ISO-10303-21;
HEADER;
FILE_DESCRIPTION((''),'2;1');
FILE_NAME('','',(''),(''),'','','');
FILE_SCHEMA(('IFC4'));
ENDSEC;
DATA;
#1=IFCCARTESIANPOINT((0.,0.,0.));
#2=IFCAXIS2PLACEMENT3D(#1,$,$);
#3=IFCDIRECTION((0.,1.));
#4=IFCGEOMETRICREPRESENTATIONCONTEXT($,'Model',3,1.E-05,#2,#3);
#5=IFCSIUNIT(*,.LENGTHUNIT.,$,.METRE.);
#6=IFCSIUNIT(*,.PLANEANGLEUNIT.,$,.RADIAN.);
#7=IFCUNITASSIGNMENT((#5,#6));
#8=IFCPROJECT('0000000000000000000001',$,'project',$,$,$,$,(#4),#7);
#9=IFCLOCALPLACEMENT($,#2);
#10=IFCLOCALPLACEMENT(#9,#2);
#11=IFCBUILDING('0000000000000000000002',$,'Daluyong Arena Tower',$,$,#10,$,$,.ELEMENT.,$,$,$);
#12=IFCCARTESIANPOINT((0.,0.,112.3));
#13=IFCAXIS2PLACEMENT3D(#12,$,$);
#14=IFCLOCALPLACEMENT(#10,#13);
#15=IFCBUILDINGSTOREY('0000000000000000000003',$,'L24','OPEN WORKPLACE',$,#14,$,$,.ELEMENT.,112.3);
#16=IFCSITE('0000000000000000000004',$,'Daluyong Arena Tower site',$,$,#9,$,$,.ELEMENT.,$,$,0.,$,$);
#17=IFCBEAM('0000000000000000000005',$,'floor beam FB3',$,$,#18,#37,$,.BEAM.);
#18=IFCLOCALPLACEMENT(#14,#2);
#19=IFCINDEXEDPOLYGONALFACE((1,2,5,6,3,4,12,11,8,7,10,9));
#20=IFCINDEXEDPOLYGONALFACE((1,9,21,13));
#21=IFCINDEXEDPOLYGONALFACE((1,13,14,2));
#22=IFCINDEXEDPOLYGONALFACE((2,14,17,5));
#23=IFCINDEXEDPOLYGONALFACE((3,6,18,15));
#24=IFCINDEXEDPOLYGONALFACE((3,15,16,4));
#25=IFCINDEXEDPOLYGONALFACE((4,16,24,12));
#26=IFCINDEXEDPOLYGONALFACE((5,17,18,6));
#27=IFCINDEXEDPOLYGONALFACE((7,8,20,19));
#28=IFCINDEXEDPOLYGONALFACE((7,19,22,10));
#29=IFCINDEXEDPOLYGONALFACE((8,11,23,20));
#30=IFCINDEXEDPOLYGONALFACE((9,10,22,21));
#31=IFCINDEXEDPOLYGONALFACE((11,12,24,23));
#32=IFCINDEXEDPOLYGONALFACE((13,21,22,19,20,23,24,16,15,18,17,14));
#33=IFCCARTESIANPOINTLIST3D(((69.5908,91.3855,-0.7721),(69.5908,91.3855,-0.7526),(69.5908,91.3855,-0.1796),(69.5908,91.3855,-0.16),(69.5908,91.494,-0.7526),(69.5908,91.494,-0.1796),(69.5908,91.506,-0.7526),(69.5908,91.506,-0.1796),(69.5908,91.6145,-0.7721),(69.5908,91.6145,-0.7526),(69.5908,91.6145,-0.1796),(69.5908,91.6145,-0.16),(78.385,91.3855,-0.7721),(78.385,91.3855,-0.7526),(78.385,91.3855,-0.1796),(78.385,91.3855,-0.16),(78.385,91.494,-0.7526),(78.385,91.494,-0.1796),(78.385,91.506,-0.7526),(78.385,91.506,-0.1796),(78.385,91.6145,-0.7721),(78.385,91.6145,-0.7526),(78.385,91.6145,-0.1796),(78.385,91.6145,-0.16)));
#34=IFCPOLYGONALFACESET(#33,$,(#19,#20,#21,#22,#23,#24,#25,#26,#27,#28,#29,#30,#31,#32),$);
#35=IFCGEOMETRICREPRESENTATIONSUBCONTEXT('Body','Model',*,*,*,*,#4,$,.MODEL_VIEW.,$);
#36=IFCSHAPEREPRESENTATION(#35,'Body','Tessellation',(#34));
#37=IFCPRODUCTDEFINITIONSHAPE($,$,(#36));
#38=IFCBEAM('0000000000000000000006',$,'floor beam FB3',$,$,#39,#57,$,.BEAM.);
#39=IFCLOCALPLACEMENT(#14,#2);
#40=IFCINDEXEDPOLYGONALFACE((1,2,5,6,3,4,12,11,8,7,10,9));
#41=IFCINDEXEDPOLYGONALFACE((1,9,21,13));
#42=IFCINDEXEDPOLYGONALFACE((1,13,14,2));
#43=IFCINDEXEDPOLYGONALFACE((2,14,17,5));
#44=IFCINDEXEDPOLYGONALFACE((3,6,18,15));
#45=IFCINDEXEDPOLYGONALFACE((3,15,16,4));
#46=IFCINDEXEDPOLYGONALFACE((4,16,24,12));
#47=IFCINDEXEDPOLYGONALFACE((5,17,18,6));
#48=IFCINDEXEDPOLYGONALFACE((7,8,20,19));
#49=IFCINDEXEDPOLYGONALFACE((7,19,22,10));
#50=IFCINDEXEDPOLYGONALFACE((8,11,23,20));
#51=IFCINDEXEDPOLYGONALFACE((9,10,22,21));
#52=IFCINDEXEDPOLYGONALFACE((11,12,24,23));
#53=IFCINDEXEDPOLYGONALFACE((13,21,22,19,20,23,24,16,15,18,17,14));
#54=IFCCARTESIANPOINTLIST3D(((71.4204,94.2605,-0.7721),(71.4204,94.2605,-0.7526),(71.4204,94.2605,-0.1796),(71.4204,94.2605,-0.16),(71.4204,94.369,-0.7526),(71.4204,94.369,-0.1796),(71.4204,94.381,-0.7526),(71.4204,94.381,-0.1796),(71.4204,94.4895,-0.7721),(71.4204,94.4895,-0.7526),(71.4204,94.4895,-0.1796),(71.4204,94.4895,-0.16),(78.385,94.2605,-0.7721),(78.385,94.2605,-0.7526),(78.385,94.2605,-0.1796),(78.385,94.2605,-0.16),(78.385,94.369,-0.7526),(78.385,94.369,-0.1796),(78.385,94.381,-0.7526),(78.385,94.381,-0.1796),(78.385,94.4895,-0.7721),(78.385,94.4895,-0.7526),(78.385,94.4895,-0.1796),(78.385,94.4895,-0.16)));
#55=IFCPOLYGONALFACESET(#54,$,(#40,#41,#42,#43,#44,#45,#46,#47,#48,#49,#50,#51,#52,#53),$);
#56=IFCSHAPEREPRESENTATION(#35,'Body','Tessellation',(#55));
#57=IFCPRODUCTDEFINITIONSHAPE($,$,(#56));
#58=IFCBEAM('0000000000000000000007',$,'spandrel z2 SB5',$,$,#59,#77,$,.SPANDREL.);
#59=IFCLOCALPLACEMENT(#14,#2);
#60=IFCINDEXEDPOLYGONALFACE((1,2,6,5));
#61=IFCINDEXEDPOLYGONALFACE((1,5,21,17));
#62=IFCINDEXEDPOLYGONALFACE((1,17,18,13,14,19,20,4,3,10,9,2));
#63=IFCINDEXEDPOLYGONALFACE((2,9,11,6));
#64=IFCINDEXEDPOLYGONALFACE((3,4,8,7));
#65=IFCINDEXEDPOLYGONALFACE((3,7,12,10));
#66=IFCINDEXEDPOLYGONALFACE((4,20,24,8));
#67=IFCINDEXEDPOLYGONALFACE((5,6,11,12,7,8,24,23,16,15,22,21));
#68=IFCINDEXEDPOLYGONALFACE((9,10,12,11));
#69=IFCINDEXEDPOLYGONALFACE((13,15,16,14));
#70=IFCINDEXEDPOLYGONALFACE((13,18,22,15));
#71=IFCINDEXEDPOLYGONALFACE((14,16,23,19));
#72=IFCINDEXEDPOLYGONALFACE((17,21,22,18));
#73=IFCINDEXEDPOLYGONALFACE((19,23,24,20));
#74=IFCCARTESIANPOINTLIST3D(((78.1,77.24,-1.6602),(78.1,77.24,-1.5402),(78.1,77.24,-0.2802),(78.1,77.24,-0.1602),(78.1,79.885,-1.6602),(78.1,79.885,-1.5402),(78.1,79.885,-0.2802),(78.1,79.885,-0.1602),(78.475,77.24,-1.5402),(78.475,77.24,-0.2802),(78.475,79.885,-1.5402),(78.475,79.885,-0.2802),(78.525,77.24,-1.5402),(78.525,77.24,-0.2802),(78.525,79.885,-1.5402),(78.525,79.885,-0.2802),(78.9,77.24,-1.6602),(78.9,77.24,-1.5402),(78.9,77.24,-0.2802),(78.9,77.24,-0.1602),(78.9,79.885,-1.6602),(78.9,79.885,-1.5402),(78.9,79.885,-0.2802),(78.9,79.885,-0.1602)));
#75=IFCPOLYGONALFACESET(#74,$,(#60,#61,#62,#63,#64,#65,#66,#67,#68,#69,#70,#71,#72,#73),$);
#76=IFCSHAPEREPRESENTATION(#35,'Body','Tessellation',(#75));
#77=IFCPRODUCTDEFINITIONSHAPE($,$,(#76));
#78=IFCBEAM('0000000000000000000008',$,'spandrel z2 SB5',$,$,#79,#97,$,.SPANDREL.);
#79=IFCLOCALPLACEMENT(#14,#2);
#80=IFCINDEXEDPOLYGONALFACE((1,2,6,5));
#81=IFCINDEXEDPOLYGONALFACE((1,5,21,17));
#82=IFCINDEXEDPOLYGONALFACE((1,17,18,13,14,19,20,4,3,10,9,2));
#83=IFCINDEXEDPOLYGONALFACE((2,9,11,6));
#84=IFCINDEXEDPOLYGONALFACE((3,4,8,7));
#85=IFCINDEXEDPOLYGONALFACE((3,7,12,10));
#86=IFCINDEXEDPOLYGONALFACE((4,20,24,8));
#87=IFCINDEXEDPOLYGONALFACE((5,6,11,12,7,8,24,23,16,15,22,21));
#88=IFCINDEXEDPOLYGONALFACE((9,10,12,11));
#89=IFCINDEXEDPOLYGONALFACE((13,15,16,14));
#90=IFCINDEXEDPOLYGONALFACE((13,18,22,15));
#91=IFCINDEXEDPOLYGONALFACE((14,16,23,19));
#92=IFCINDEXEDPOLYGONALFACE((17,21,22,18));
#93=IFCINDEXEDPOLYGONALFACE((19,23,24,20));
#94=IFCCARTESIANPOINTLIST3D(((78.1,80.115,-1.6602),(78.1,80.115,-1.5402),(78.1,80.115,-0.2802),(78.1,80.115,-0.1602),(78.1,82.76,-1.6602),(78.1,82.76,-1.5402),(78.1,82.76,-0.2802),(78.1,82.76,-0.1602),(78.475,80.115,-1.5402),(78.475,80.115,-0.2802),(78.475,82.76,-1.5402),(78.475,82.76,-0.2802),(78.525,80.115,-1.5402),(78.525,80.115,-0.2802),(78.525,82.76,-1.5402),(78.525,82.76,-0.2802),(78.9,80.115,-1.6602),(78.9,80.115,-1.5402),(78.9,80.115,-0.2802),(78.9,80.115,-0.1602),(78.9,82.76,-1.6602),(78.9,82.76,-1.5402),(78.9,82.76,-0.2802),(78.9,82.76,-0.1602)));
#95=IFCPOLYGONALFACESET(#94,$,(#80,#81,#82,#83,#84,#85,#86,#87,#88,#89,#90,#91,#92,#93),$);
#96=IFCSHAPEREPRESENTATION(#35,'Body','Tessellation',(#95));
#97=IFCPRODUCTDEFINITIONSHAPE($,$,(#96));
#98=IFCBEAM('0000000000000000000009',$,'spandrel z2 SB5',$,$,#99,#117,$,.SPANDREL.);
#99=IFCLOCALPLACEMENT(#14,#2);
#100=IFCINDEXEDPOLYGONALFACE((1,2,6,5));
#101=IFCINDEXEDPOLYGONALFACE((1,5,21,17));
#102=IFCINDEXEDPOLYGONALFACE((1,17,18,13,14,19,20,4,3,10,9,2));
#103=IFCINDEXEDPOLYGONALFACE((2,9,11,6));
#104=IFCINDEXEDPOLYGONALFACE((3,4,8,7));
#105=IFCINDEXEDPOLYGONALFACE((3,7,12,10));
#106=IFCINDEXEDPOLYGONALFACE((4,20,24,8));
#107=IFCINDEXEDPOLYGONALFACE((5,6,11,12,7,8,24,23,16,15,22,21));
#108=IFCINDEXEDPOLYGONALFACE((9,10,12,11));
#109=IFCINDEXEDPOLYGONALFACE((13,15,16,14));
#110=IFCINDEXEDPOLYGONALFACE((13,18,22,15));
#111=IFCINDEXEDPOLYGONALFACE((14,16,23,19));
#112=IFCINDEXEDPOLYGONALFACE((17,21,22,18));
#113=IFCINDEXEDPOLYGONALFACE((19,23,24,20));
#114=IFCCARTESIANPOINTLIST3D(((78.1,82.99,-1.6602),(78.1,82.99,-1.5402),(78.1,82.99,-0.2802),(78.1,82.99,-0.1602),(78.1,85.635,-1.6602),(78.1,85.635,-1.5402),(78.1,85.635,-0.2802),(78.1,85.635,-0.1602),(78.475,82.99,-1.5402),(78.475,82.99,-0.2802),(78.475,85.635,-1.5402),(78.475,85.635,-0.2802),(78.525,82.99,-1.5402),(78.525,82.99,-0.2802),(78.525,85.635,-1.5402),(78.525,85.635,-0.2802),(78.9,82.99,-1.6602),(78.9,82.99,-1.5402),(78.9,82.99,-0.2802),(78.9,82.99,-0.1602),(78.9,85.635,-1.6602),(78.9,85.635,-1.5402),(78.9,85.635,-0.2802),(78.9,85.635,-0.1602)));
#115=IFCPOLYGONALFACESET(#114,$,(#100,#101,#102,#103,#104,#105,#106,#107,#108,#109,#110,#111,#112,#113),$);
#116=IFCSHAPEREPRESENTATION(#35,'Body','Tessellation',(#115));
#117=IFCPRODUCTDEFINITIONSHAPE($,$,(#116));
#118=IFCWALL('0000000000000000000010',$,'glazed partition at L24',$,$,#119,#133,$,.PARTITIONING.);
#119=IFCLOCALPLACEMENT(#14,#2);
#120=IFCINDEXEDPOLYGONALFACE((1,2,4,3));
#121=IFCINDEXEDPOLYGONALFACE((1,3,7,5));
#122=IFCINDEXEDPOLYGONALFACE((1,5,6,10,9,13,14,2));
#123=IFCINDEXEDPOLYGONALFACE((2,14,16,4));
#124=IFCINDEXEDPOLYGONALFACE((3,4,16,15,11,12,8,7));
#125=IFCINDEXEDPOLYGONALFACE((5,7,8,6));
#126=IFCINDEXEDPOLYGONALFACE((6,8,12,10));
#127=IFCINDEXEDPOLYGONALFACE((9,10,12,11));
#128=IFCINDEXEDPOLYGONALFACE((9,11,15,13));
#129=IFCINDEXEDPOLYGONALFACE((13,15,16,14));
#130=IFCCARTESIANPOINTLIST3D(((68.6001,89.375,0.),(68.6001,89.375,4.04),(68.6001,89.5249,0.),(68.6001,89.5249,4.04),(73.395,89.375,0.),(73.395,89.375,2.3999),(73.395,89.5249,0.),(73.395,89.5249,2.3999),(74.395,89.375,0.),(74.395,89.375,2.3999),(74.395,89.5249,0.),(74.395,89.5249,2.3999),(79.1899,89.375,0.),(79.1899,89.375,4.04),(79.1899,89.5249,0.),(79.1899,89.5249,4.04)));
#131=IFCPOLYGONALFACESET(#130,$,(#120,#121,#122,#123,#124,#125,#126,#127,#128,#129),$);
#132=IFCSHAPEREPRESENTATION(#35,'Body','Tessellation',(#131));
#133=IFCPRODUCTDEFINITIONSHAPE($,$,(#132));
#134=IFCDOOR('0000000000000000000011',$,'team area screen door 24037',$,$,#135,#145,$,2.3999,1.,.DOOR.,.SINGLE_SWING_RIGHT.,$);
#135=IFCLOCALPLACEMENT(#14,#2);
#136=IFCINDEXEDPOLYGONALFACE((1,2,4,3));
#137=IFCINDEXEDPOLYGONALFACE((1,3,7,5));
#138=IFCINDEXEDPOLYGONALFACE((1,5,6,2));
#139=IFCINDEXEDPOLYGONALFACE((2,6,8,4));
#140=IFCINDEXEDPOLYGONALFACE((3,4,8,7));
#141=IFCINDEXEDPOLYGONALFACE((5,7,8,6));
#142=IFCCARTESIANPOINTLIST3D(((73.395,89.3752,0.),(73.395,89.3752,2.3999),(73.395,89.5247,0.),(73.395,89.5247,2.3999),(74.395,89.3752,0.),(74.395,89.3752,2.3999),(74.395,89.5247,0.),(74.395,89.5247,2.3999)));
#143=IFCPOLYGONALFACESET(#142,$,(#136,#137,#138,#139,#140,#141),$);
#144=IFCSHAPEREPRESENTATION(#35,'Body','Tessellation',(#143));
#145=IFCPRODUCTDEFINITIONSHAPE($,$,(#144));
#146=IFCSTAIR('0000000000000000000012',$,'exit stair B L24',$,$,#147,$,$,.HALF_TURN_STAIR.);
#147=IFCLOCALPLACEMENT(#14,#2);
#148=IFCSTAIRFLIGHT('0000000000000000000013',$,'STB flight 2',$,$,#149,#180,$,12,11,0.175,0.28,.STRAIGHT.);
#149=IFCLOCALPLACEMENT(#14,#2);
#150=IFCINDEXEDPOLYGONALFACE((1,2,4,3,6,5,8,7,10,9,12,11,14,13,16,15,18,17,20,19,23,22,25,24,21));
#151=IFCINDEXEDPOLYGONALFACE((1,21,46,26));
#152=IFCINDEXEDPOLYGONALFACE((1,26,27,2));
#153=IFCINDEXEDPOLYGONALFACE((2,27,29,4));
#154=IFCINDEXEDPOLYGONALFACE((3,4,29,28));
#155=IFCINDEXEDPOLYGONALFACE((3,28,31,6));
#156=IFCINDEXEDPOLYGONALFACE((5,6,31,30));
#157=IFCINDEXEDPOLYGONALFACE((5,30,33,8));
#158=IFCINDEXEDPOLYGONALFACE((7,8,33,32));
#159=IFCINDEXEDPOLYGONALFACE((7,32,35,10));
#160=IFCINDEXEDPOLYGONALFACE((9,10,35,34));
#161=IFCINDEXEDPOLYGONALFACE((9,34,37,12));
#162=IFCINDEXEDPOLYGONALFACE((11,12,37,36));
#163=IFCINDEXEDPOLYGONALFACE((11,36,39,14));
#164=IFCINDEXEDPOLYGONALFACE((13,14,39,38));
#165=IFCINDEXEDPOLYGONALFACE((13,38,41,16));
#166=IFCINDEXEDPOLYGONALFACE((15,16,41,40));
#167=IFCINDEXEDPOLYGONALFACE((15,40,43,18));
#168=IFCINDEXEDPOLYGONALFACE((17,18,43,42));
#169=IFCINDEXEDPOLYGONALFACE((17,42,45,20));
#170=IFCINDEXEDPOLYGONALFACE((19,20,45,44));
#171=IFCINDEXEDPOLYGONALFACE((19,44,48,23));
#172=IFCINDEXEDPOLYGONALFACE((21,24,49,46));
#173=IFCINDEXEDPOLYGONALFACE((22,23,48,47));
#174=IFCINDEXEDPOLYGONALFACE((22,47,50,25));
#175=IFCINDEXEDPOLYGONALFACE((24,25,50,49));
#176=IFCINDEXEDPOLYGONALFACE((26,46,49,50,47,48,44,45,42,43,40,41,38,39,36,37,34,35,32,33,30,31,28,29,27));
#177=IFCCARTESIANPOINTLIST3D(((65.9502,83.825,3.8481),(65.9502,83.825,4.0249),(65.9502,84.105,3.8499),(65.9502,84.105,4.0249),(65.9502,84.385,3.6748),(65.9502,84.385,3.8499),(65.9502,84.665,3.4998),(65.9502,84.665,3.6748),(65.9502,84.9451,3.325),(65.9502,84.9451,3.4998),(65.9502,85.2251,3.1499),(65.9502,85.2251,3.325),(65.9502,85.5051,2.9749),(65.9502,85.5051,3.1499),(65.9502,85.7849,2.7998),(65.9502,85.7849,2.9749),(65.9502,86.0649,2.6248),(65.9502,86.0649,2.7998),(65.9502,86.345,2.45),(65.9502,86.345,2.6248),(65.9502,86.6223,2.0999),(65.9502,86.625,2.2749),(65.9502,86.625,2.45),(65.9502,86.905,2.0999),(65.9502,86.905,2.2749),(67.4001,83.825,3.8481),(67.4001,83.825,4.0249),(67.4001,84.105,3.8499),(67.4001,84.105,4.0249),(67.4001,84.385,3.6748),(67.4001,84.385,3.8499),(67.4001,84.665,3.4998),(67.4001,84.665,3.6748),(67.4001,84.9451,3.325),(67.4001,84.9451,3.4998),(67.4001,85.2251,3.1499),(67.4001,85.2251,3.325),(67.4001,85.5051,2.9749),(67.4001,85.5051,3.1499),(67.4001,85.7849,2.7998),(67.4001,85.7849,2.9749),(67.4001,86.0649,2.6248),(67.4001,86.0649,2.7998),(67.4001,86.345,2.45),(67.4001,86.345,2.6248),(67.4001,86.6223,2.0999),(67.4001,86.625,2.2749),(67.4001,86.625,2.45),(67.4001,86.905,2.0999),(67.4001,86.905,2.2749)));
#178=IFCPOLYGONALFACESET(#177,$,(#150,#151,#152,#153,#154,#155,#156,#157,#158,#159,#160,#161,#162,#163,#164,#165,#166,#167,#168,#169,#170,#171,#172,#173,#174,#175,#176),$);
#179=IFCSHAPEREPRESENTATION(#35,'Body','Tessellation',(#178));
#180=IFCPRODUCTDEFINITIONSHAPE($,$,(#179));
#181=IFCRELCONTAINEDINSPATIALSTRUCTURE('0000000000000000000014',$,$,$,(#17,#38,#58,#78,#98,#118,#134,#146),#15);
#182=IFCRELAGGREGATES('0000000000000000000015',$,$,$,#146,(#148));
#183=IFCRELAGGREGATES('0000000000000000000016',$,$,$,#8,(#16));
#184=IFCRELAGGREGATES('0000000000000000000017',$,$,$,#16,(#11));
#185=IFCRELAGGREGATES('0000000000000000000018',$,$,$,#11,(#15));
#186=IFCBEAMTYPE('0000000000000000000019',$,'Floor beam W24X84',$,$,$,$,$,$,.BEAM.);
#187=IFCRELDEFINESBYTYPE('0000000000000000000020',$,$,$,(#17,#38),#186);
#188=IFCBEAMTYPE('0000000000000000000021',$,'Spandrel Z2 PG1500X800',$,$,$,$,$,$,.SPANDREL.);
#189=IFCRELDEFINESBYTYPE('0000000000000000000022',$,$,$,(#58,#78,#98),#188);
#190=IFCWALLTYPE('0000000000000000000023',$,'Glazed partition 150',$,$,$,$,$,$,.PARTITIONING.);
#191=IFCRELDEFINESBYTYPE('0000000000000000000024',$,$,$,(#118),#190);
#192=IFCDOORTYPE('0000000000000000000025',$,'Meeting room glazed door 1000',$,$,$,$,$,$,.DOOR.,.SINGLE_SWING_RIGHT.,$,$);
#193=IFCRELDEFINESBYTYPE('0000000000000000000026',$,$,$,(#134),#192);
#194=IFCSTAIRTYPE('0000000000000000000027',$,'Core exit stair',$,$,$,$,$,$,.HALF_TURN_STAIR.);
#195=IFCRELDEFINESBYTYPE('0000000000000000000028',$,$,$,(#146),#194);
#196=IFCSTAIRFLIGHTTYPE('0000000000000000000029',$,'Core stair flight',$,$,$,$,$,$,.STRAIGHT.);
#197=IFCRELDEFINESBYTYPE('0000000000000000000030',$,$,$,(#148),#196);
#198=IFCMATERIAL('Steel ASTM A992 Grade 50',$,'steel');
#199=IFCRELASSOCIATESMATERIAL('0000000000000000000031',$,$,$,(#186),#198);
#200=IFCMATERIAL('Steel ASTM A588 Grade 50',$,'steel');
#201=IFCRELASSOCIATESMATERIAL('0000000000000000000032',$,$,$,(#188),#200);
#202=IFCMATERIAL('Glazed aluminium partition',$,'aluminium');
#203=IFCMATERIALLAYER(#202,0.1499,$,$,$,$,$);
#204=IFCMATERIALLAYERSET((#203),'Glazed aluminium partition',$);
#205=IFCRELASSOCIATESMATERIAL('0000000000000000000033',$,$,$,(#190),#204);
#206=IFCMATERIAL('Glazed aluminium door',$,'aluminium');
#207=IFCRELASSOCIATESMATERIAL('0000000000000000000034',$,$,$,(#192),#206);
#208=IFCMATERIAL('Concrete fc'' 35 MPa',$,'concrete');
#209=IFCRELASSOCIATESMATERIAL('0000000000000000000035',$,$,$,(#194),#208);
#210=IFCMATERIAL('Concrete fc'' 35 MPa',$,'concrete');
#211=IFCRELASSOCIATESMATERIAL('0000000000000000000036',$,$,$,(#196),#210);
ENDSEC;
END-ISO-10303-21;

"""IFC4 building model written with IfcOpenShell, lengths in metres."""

from ifc_helpers import new_model, si_unit, direction, frame, frame_2d, origin, origin_2d, place, context, subcontext, project, spatial, polyline, rectangle, i_section, outline, extrude, material, layer, layer_set, material_profile, profile_set, type_object, element, fill, aggregate, save


model = new_model("IFC4")

# Units and contexts
model_context = context("Model", 3, precision=1e-05, world=origin(), true_north=direction((0.0, 1.0)))
body_context = subcontext(model_context, "Body", "Model", "MODEL_VIEW")
ifc_project = project(units=[si_unit("LENGTHUNIT", "METRE"), si_unit("PLANEANGLEUNIT", "RADIAN")], contexts=[model_context])

# Site, building, storey
site_placement = place(None, origin())
site = spatial("IfcSite", under=ifc_project, at=site_placement, Name="Daluyong Arena Tower site", CompositionType="ELEMENT", RefElevation=0.0)
building_placement = place(site_placement, origin())
building = spatial("IfcBuilding", under=site, at=building_placement, Name="Daluyong Arena Tower", CompositionType="ELEMENT")
storey_placement = place(building_placement, frame((0.0, 0.0, 112.3)))
storey = spatial("IfcBuildingStorey", under=building, at=storey_placement, Name="L24", Description="OPEN WORKPLACE", CompositionType="ELEMENT", Elevation=112.3)

# Beams
ifc_material_1 = material(Name="Steel ASTM A992 Grade 50", Category="steel")
ifc_material_profile_1 = material_profile(ifc_material_1, i_section(OverallWidth=0.229, OverallDepth=0.6121, WebThickness=0.012, FlangeThickness=0.0195, at=origin_2d()))
ifc_profile_set_1 = profile_set([ifc_material_profile_1], Name="Steel ASTM A992 Grade 50")
beam_type_1 = type_object("IfcBeamType", Name="Floor beam W24X84", PredefinedType="BEAM", material=ifc_profile_set_1)
beam_1_placement = place(storey_placement, frame((78.385, 91.5, -0.4661), z_axis=(-1.0, 0.0, 0.0), x_axis=(0.0, -1.0, 0.0)))
element("IfcBeam", 1, at=beam_1_placement, inside=storey, type_object=beam_type_1, Name="floor beam FB3", PredefinedType="BEAM", context=body_context, shape_type="SweptSolid", body=[
    extrude(i_section(OverallWidth=0.229, OverallDepth=0.6121, WebThickness=0.012, FlangeThickness=0.0195, at=origin_2d()), origin(), (0.0, 0.0, 1.0), 8.7942),
])
beam_2_placement = place(storey_placement, frame((78.385, 94.375, -0.4661), z_axis=(-1.0, 0.0, 0.0), x_axis=(0.0, -1.0, 0.0)))
element("IfcBeam", 2, at=beam_2_placement, inside=storey, type_object=beam_type_1, Name="floor beam FB3", PredefinedType="BEAM", context=body_context, shape_type="SweptSolid", body=[
    extrude(i_section(OverallWidth=0.229, OverallDepth=0.6121, WebThickness=0.012, FlangeThickness=0.0195, at=origin_2d()), origin(), (0.0, 0.0, 1.0), 6.9646),
])
ifc_material_2 = material(Name="Steel ASTM A588 Grade 50", Category="steel")
ifc_material_profile_2 = material_profile(ifc_material_2, i_section(OverallWidth=0.8, OverallDepth=1.5, WebThickness=0.05, FlangeThickness=0.12, at=origin_2d()))
ifc_profile_set_2 = profile_set([ifc_material_profile_2], Name="Steel ASTM A588 Grade 50")
beam_type_2 = type_object("IfcBeamType", Name="Spandrel Z2 PG1500X800", PredefinedType="SPANDREL", material=ifc_profile_set_2)
for number, where, z_axis, x_axis, name in (
    (3, (78.5, 77.24, -0.9102), (0.0, 1.0, 0.0), (-1.0, 0.0, 0.0), "spandrel z2 SB5"),
    (4, (78.5, 80.115, -0.9102), (0.0, 1.0, 0.0), (-1.0, 0.0, 0.0), "spandrel z2 SB5"),
    (5, (78.5, 82.99, -0.9102), (0.0, 1.0, 0.0), (-1.0, 0.0, 0.0), "spandrel z2 SB5"),
):
    element("IfcBeam", number, at=place(storey_placement, frame(where, z_axis=z_axis, x_axis=x_axis)), inside=storey, type_object=beam_type_2, Name=name, PredefinedType="SPANDREL", context=body_context, shape_type="SweptSolid", body=[
        extrude(i_section(OverallWidth=0.8, OverallDepth=1.5, WebThickness=0.05, FlangeThickness=0.12, at=origin_2d()), origin(), (0.0, 0.0, 1.0), 2.645),
    ])

# Wall, opening, door
ifc_material_3 = material(Name="Glazed aluminium partition", Category="aluminium")
ifc_layer = layer(ifc_material_3, 0.1499)
ifc_layer_set = layer_set([ifc_layer], Name="Glazed aluminium partition")
wall_type = type_object("IfcWallType", Name="Glazed partition 150", PredefinedType="PARTITIONING", material=ifc_layer_set)
wall_placement = place(storey_placement, frame((68.6001, 89.45, 0.0), z_axis=(0.0, 0.0, 1.0), x_axis=(1.0, 0.0, 0.0)))
wall = element("IfcWall", 6, at=wall_placement, inside=storey, type_object=wall_type, Name="glazed partition at L24", PredefinedType="PARTITIONING", context=body_context, shape_type="SweptSolid", body=[
    extrude(rectangle(XDim=10.5898, YDim=0.1499, at=frame_2d((5.2949, 0.0))), origin(), (0.0, 0.0, 1.0), 4.04),
])
opening_placement = place(wall_placement, frame((4.7949, 0.0, 0.0)))
opening = element("IfcOpeningElement", 7, at=opening_placement, cuts=wall, PredefinedType="OPENING", context=body_context, shape_type="SweptSolid", body=[
    extrude(rectangle(XDim=1.0, YDim=2.3999, at=frame_2d((0.5, 1.2))), frame((0.0, 0.085, 0.0), z_axis=(0.0, -1.0, 0.0), x_axis=(1.0, 0.0, 0.0)), (0.0, 0.0, 1.0), 0.1699),
])
ifc_material_4 = material(Name="Glazed aluminium door", Category="aluminium")
door_type = type_object("IfcDoorType", Name="Meeting room glazed door 1000", OperationType="SINGLE_SWING_RIGHT", PredefinedType="DOOR", material=ifc_material_4)
door_placement = place(opening_placement, origin())
door = element("IfcDoor", 8, at=door_placement, inside=storey, type_object=door_type, Name="team area screen door 24037", OperationType="SINGLE_SWING_RIGHT", OverallHeight=2.3999, OverallWidth=1.0, PredefinedType="DOOR", context=body_context, shape_type="SweptSolid", body=[
    extrude(rectangle(XDim=1.0, YDim=2.3999, at=frame_2d((0.5, 1.2))), frame((0.0, 0.0747, 0.0), z_axis=(0.0, -1.0, 0.0), x_axis=(1.0, 0.0, 0.0)), (0.0, 0.0, 1.0), 0.1494),
])
fill(opening, door)

# Stair, stair flight
ifc_material_5 = material(Name="Concrete fc' 35 MPa", Category="concrete")
stair_type = type_object("IfcStairType", Name="Core exit stair", PredefinedType="HALF_TURN_STAIR", material=ifc_material_5)
stair_placement = place(storey_placement, origin())
stair = element("IfcStair", 9, at=stair_placement, inside=storey, type_object=stair_type, Name="exit stair B L24", PredefinedType="HALF_TURN_STAIR")
ifc_material_6 = material(Name="Concrete fc' 35 MPa", Category="concrete")
stair_flight_type = type_object("IfcStairFlightType", Name="Core stair flight", PredefinedType="STRAIGHT", material=ifc_material_6)
stair_flight_placement = place(storey_placement, frame((66.675, 86.905, 2.0999), z_axis=(0.0, 0.0, 1.0), x_axis=(0.0, -1.0, 0.0)))
stair_flight = element("IfcStairFlight", 10, at=stair_flight_placement, type_object=stair_flight_type, Name="STB flight 2", NumberOfRisers=12, NumberOfTreads=11, PredefinedType="STRAIGHT", RiserHeight=0.175, TreadLength=0.28, context=body_context, shape_type="SweptSolid", body=[
    extrude(outline(polyline([(0.0, 0.0), (0.0, 0.175), (0.28, 0.175), (0.28, 0.3501), (0.5601, 0.3501), (0.5601, 0.5249), (0.8401, 0.5249), (0.8401, 0.7), (1.1201, 0.7), (1.1201, 0.875), (1.3999, 0.875), (1.3999, 1.05), (1.6799, 1.05), (1.6799, 1.2251), (1.96, 1.2251), (1.96, 1.3999), (2.24, 1.3999), (2.24, 1.575), (2.52, 1.575), (2.52, 1.75), (2.8, 1.75), (2.8, 1.925), (3.0801, 1.925), (3.0801, 2.1001), (3.0801, 1.7483), (0.2827, 0.0), (0.0, 0.0)])), frame((0.0, 0.7251, 0.0), z_axis=(0.0, -1.0, 0.0), x_axis=(1.0, 0.0, 0.0)), (0.0, 0.0, 1.0), 1.45),
])
aggregate(stair, [stair_flight])

save(model, "model.ifc")
